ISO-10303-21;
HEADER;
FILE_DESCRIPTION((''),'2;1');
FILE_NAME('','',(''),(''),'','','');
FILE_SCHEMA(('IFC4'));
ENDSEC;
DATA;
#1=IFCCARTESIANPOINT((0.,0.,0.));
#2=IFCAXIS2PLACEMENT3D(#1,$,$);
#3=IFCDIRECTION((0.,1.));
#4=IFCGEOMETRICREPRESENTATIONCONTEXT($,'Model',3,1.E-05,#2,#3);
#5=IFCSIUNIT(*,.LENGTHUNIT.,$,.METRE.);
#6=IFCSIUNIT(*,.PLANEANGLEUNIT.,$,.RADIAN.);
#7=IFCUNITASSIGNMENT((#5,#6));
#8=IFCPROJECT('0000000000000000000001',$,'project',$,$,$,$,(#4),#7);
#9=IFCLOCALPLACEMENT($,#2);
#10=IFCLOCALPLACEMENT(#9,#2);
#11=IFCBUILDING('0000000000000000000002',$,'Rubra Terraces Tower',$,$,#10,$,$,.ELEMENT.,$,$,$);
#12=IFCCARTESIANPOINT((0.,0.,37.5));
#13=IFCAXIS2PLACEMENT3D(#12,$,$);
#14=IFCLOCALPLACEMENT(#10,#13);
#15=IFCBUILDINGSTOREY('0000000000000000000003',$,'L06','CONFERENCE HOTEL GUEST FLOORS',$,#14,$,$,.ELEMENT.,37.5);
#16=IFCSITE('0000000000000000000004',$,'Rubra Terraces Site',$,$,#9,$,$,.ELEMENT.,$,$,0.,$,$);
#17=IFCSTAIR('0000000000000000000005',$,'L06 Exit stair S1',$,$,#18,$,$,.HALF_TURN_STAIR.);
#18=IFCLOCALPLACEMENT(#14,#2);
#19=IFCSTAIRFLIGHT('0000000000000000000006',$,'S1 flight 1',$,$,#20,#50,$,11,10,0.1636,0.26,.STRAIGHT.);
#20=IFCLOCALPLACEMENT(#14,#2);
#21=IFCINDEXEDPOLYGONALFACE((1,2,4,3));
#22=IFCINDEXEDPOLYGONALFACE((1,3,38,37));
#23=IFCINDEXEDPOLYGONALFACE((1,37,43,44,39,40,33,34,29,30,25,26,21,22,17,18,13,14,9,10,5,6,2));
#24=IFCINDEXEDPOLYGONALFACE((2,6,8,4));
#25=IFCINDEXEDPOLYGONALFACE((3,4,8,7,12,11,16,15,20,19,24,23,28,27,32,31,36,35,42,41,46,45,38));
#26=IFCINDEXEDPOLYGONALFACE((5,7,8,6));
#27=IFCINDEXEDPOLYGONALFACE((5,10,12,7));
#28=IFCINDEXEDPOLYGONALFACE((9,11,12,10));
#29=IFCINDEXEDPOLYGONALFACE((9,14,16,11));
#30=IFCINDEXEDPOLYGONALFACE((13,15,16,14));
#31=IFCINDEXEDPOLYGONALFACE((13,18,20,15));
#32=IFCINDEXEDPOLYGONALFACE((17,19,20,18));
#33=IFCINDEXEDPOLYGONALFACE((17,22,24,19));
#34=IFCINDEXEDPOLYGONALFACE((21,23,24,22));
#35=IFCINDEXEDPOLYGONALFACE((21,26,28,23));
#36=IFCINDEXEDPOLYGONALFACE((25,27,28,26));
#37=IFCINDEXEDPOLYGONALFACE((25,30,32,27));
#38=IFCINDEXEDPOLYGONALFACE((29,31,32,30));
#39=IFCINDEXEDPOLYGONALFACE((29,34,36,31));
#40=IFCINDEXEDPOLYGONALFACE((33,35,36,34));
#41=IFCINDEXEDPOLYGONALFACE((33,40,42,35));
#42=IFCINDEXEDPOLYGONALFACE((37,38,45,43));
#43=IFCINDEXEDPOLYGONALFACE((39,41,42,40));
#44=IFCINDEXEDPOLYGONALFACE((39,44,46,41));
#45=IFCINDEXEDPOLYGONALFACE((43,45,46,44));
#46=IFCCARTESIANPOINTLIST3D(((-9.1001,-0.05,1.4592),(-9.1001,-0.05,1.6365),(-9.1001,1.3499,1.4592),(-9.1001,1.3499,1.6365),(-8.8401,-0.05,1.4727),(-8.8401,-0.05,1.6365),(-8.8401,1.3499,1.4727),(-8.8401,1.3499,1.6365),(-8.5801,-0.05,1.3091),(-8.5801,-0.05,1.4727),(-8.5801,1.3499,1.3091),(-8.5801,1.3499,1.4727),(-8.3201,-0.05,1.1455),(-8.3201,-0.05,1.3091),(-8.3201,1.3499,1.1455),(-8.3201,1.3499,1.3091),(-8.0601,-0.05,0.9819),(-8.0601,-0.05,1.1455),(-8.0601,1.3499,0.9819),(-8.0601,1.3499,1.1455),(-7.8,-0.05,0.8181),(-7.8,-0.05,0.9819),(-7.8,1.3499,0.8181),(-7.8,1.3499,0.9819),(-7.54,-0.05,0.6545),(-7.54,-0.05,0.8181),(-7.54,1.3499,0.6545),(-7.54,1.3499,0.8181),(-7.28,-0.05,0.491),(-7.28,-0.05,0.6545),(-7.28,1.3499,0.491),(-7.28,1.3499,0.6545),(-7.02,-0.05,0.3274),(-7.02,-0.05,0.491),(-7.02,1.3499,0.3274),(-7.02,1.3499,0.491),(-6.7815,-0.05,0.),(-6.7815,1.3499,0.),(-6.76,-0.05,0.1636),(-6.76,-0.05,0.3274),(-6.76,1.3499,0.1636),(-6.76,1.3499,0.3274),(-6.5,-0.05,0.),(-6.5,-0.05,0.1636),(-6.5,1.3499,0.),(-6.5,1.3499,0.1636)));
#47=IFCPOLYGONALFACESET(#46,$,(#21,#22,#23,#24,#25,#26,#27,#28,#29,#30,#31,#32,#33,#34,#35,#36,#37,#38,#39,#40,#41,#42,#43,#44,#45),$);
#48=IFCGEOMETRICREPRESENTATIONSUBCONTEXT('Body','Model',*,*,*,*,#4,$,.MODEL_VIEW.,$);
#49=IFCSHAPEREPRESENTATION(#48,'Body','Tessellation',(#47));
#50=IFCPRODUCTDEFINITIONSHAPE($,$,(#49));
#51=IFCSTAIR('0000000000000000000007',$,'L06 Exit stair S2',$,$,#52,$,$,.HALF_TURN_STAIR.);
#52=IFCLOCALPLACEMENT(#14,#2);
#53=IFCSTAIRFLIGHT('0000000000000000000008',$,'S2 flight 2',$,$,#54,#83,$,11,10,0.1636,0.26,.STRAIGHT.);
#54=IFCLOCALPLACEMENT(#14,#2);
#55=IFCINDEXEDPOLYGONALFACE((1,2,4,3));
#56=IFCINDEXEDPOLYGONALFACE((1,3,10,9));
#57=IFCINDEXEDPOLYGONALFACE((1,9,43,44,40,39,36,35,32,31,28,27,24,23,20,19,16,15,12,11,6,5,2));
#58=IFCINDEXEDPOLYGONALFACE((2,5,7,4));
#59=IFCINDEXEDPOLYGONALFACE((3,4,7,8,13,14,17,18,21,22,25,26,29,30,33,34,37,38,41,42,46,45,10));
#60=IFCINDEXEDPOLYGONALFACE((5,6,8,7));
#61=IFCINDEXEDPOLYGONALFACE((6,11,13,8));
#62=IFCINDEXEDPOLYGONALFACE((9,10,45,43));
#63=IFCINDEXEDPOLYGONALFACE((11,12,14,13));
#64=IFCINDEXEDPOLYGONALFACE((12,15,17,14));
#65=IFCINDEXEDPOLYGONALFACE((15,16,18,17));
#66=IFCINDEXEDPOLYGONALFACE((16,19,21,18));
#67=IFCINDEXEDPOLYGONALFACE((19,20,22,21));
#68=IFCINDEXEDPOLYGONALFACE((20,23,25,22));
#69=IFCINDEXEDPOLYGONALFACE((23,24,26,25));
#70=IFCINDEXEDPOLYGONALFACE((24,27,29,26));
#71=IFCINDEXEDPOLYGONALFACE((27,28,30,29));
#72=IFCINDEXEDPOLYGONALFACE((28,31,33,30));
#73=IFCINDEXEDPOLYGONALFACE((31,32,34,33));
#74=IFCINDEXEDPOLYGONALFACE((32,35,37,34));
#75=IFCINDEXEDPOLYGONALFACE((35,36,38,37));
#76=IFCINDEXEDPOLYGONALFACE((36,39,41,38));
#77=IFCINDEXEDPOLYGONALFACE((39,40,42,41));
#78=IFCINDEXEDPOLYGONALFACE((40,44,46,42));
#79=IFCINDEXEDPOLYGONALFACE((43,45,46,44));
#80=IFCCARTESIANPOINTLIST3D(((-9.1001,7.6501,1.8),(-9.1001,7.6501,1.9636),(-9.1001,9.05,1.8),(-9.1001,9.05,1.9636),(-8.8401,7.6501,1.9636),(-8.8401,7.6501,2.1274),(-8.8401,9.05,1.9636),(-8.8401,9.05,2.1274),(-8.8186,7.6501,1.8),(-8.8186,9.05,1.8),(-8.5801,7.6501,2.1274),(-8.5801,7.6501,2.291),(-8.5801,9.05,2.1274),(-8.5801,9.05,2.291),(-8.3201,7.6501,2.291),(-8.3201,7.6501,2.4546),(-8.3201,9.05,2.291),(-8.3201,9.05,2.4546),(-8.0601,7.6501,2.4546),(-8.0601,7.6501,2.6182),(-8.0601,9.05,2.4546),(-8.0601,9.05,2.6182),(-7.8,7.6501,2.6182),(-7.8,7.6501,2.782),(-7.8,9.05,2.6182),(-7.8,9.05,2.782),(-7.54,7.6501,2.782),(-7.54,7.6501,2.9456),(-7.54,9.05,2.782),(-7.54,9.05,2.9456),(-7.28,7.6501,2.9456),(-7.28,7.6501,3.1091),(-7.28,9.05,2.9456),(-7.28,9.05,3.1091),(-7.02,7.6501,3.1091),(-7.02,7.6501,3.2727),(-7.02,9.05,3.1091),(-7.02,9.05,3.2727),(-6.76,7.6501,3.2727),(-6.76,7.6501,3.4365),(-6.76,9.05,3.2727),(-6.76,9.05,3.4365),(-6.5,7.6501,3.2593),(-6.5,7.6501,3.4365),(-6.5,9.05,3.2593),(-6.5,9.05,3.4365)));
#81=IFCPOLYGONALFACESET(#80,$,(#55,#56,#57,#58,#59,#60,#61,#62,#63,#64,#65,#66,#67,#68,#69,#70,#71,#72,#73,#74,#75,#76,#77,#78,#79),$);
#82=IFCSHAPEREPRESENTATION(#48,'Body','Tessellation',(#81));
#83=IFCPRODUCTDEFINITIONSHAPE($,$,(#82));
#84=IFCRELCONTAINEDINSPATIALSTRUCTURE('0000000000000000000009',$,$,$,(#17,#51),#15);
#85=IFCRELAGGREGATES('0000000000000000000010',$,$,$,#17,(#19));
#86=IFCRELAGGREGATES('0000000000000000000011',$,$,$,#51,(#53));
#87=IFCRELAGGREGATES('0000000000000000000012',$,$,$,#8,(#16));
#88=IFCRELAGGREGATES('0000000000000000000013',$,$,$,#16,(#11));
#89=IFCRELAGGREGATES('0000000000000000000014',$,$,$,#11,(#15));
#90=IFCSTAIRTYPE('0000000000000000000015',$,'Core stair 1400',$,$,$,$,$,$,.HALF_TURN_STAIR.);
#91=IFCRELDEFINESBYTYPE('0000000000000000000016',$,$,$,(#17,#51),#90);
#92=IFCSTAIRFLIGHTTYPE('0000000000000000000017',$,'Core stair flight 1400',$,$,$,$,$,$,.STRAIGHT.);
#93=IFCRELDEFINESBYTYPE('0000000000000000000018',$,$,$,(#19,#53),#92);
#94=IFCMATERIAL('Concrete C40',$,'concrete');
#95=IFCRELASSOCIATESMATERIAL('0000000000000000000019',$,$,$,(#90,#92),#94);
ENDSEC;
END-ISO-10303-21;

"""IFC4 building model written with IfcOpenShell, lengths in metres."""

from ifc_helpers import new_model, si_unit, direction, frame, origin, place, context, subcontext, project, spatial, polyline, outline, extrude, material, type_object, element, aggregate, save


model = new_model("IFC4")

# Units and contexts
model_context = context("Model", 3, precision=1e-05, world=origin(), true_north=direction((0.0, 1.0)))
body_context = subcontext(model_context, "Body", "Model", "MODEL_VIEW")
ifc_project = project(units=[si_unit("LENGTHUNIT", "METRE"), si_unit("PLANEANGLEUNIT", "RADIAN")], contexts=[model_context])

# Site, building, storey
site_placement = place(None, origin())
site = spatial("IfcSite", under=ifc_project, at=site_placement, Name="Rubra Terraces Site", CompositionType="ELEMENT", RefElevation=0.0)
building_placement = place(site_placement, origin())
building = spatial("IfcBuilding", under=site, at=building_placement, Name="Rubra Terraces Tower", CompositionType="ELEMENT")
storey_placement = place(building_placement, frame((0.0, 0.0, 37.5)))
storey = spatial("IfcBuildingStorey", under=building, at=storey_placement, Name="L06", Description="CONFERENCE HOTEL GUEST FLOORS", CompositionType="ELEMENT", Elevation=37.5)

# Shared definitions
ifc_material_1 = material(Name="Concrete C40", Category="concrete")

# Stairs, stair flights
stair_type = type_object("IfcStairType", Name="Core stair 1400", PredefinedType="HALF_TURN_STAIR", material=ifc_material_1)
stair_1_placement = place(storey_placement, origin())
stair_1 = element("IfcStair", 1, at=stair_1_placement, inside=storey, type_object=stair_type, Name="L06 Exit stair S1", PredefinedType="HALF_TURN_STAIR")
stair_flight_type = type_object("IfcStairFlightType", Name="Core stair flight 1400", PredefinedType="STRAIGHT", material=ifc_material_1)
stair_flight_1_placement = place(storey_placement, frame((-6.5, 0.6499, 0.0), z_axis=(0.0, 0.0, 1.0), x_axis=(-1.0, 0.0, 0.0)))
stair_flight_1 = element("IfcStairFlight", 2, at=stair_flight_1_placement, type_object=stair_flight_type, Name="S1 flight 1", NumberOfRisers=11, NumberOfTreads=10, PredefinedType="STRAIGHT", RiserHeight=0.1636, TreadLength=0.26, context=body_context, shape_type="SweptSolid", body=[
    extrude(outline(polyline([(0.0, 0.0), (0.0, 0.1636), (0.26, 0.1636), (0.26, 0.3274), (0.52, 0.3274), (0.52, 0.491), (0.78, 0.491), (0.78, 0.6545), (1.04, 0.6545), (1.04, 0.8181), (1.3, 0.8181), (1.3, 0.9819), (1.5601, 0.9819), (1.5601, 1.1455), (1.8201, 1.1455), (1.8201, 1.3091), (2.0801, 1.3091), (2.0801, 1.4727), (2.3401, 1.4727), (2.3401, 1.6365), (2.6001, 1.6365), (2.6001, 1.8), (2.6001, 1.4592), (0.2815, 0.0), (0.0, 0.0)])), frame((0.0, 0.7, 0.0), z_axis=(0.0, -1.0, 0.0), x_axis=(1.0, 0.0, 0.0)), (0.0, 0.0, 1.0), 1.3999),
])
aggregate(stair_1, [stair_flight_1])
stair_2_placement = place(storey_placement, origin())
stair_2 = element("IfcStair", 3, at=stair_2_placement, inside=storey, type_object=stair_type, Name="L06 Exit stair S2", PredefinedType="HALF_TURN_STAIR")
stair_flight_2_placement = place(storey_placement, frame((-9.1001, 8.3501, 1.8), z_axis=(0.0, 0.0, 1.0), x_axis=(1.0, 0.0, 0.0)))
stair_flight_2 = element("IfcStairFlight", 4, at=stair_flight_2_placement, type_object=stair_flight_type, Name="S2 flight 2", NumberOfRisers=11, NumberOfTreads=10, PredefinedType="STRAIGHT", RiserHeight=0.1636, TreadLength=0.26, context=body_context, shape_type="SweptSolid", body=[
    extrude(outline(polyline([(0.0, 0.0), (0.0, 0.1636), (0.26, 0.1636), (0.26, 0.3274), (0.52, 0.3274), (0.52, 0.491), (0.78, 0.491), (0.78, 0.6545), (1.04, 0.6545), (1.04, 0.8181), (1.3, 0.8181), (1.3, 0.9819), (1.5601, 0.9819), (1.5601, 1.1455), (1.8201, 1.1455), (1.8201, 1.3091), (2.0801, 1.3091), (2.0801, 1.4727), (2.3401, 1.4727), (2.3401, 1.6365), (2.6001, 1.6365), (2.6001, 1.8), (2.6001, 1.4592), (0.2815, 0.0), (0.0, 0.0)])), frame((0.0, 0.7, 0.0), z_axis=(0.0, -1.0, 0.0), x_axis=(1.0, 0.0, 0.0)), (0.0, 0.0, 1.0), 1.3999),
])
aggregate(stair_2, [stair_flight_2])

save(model, "model.ifc")
